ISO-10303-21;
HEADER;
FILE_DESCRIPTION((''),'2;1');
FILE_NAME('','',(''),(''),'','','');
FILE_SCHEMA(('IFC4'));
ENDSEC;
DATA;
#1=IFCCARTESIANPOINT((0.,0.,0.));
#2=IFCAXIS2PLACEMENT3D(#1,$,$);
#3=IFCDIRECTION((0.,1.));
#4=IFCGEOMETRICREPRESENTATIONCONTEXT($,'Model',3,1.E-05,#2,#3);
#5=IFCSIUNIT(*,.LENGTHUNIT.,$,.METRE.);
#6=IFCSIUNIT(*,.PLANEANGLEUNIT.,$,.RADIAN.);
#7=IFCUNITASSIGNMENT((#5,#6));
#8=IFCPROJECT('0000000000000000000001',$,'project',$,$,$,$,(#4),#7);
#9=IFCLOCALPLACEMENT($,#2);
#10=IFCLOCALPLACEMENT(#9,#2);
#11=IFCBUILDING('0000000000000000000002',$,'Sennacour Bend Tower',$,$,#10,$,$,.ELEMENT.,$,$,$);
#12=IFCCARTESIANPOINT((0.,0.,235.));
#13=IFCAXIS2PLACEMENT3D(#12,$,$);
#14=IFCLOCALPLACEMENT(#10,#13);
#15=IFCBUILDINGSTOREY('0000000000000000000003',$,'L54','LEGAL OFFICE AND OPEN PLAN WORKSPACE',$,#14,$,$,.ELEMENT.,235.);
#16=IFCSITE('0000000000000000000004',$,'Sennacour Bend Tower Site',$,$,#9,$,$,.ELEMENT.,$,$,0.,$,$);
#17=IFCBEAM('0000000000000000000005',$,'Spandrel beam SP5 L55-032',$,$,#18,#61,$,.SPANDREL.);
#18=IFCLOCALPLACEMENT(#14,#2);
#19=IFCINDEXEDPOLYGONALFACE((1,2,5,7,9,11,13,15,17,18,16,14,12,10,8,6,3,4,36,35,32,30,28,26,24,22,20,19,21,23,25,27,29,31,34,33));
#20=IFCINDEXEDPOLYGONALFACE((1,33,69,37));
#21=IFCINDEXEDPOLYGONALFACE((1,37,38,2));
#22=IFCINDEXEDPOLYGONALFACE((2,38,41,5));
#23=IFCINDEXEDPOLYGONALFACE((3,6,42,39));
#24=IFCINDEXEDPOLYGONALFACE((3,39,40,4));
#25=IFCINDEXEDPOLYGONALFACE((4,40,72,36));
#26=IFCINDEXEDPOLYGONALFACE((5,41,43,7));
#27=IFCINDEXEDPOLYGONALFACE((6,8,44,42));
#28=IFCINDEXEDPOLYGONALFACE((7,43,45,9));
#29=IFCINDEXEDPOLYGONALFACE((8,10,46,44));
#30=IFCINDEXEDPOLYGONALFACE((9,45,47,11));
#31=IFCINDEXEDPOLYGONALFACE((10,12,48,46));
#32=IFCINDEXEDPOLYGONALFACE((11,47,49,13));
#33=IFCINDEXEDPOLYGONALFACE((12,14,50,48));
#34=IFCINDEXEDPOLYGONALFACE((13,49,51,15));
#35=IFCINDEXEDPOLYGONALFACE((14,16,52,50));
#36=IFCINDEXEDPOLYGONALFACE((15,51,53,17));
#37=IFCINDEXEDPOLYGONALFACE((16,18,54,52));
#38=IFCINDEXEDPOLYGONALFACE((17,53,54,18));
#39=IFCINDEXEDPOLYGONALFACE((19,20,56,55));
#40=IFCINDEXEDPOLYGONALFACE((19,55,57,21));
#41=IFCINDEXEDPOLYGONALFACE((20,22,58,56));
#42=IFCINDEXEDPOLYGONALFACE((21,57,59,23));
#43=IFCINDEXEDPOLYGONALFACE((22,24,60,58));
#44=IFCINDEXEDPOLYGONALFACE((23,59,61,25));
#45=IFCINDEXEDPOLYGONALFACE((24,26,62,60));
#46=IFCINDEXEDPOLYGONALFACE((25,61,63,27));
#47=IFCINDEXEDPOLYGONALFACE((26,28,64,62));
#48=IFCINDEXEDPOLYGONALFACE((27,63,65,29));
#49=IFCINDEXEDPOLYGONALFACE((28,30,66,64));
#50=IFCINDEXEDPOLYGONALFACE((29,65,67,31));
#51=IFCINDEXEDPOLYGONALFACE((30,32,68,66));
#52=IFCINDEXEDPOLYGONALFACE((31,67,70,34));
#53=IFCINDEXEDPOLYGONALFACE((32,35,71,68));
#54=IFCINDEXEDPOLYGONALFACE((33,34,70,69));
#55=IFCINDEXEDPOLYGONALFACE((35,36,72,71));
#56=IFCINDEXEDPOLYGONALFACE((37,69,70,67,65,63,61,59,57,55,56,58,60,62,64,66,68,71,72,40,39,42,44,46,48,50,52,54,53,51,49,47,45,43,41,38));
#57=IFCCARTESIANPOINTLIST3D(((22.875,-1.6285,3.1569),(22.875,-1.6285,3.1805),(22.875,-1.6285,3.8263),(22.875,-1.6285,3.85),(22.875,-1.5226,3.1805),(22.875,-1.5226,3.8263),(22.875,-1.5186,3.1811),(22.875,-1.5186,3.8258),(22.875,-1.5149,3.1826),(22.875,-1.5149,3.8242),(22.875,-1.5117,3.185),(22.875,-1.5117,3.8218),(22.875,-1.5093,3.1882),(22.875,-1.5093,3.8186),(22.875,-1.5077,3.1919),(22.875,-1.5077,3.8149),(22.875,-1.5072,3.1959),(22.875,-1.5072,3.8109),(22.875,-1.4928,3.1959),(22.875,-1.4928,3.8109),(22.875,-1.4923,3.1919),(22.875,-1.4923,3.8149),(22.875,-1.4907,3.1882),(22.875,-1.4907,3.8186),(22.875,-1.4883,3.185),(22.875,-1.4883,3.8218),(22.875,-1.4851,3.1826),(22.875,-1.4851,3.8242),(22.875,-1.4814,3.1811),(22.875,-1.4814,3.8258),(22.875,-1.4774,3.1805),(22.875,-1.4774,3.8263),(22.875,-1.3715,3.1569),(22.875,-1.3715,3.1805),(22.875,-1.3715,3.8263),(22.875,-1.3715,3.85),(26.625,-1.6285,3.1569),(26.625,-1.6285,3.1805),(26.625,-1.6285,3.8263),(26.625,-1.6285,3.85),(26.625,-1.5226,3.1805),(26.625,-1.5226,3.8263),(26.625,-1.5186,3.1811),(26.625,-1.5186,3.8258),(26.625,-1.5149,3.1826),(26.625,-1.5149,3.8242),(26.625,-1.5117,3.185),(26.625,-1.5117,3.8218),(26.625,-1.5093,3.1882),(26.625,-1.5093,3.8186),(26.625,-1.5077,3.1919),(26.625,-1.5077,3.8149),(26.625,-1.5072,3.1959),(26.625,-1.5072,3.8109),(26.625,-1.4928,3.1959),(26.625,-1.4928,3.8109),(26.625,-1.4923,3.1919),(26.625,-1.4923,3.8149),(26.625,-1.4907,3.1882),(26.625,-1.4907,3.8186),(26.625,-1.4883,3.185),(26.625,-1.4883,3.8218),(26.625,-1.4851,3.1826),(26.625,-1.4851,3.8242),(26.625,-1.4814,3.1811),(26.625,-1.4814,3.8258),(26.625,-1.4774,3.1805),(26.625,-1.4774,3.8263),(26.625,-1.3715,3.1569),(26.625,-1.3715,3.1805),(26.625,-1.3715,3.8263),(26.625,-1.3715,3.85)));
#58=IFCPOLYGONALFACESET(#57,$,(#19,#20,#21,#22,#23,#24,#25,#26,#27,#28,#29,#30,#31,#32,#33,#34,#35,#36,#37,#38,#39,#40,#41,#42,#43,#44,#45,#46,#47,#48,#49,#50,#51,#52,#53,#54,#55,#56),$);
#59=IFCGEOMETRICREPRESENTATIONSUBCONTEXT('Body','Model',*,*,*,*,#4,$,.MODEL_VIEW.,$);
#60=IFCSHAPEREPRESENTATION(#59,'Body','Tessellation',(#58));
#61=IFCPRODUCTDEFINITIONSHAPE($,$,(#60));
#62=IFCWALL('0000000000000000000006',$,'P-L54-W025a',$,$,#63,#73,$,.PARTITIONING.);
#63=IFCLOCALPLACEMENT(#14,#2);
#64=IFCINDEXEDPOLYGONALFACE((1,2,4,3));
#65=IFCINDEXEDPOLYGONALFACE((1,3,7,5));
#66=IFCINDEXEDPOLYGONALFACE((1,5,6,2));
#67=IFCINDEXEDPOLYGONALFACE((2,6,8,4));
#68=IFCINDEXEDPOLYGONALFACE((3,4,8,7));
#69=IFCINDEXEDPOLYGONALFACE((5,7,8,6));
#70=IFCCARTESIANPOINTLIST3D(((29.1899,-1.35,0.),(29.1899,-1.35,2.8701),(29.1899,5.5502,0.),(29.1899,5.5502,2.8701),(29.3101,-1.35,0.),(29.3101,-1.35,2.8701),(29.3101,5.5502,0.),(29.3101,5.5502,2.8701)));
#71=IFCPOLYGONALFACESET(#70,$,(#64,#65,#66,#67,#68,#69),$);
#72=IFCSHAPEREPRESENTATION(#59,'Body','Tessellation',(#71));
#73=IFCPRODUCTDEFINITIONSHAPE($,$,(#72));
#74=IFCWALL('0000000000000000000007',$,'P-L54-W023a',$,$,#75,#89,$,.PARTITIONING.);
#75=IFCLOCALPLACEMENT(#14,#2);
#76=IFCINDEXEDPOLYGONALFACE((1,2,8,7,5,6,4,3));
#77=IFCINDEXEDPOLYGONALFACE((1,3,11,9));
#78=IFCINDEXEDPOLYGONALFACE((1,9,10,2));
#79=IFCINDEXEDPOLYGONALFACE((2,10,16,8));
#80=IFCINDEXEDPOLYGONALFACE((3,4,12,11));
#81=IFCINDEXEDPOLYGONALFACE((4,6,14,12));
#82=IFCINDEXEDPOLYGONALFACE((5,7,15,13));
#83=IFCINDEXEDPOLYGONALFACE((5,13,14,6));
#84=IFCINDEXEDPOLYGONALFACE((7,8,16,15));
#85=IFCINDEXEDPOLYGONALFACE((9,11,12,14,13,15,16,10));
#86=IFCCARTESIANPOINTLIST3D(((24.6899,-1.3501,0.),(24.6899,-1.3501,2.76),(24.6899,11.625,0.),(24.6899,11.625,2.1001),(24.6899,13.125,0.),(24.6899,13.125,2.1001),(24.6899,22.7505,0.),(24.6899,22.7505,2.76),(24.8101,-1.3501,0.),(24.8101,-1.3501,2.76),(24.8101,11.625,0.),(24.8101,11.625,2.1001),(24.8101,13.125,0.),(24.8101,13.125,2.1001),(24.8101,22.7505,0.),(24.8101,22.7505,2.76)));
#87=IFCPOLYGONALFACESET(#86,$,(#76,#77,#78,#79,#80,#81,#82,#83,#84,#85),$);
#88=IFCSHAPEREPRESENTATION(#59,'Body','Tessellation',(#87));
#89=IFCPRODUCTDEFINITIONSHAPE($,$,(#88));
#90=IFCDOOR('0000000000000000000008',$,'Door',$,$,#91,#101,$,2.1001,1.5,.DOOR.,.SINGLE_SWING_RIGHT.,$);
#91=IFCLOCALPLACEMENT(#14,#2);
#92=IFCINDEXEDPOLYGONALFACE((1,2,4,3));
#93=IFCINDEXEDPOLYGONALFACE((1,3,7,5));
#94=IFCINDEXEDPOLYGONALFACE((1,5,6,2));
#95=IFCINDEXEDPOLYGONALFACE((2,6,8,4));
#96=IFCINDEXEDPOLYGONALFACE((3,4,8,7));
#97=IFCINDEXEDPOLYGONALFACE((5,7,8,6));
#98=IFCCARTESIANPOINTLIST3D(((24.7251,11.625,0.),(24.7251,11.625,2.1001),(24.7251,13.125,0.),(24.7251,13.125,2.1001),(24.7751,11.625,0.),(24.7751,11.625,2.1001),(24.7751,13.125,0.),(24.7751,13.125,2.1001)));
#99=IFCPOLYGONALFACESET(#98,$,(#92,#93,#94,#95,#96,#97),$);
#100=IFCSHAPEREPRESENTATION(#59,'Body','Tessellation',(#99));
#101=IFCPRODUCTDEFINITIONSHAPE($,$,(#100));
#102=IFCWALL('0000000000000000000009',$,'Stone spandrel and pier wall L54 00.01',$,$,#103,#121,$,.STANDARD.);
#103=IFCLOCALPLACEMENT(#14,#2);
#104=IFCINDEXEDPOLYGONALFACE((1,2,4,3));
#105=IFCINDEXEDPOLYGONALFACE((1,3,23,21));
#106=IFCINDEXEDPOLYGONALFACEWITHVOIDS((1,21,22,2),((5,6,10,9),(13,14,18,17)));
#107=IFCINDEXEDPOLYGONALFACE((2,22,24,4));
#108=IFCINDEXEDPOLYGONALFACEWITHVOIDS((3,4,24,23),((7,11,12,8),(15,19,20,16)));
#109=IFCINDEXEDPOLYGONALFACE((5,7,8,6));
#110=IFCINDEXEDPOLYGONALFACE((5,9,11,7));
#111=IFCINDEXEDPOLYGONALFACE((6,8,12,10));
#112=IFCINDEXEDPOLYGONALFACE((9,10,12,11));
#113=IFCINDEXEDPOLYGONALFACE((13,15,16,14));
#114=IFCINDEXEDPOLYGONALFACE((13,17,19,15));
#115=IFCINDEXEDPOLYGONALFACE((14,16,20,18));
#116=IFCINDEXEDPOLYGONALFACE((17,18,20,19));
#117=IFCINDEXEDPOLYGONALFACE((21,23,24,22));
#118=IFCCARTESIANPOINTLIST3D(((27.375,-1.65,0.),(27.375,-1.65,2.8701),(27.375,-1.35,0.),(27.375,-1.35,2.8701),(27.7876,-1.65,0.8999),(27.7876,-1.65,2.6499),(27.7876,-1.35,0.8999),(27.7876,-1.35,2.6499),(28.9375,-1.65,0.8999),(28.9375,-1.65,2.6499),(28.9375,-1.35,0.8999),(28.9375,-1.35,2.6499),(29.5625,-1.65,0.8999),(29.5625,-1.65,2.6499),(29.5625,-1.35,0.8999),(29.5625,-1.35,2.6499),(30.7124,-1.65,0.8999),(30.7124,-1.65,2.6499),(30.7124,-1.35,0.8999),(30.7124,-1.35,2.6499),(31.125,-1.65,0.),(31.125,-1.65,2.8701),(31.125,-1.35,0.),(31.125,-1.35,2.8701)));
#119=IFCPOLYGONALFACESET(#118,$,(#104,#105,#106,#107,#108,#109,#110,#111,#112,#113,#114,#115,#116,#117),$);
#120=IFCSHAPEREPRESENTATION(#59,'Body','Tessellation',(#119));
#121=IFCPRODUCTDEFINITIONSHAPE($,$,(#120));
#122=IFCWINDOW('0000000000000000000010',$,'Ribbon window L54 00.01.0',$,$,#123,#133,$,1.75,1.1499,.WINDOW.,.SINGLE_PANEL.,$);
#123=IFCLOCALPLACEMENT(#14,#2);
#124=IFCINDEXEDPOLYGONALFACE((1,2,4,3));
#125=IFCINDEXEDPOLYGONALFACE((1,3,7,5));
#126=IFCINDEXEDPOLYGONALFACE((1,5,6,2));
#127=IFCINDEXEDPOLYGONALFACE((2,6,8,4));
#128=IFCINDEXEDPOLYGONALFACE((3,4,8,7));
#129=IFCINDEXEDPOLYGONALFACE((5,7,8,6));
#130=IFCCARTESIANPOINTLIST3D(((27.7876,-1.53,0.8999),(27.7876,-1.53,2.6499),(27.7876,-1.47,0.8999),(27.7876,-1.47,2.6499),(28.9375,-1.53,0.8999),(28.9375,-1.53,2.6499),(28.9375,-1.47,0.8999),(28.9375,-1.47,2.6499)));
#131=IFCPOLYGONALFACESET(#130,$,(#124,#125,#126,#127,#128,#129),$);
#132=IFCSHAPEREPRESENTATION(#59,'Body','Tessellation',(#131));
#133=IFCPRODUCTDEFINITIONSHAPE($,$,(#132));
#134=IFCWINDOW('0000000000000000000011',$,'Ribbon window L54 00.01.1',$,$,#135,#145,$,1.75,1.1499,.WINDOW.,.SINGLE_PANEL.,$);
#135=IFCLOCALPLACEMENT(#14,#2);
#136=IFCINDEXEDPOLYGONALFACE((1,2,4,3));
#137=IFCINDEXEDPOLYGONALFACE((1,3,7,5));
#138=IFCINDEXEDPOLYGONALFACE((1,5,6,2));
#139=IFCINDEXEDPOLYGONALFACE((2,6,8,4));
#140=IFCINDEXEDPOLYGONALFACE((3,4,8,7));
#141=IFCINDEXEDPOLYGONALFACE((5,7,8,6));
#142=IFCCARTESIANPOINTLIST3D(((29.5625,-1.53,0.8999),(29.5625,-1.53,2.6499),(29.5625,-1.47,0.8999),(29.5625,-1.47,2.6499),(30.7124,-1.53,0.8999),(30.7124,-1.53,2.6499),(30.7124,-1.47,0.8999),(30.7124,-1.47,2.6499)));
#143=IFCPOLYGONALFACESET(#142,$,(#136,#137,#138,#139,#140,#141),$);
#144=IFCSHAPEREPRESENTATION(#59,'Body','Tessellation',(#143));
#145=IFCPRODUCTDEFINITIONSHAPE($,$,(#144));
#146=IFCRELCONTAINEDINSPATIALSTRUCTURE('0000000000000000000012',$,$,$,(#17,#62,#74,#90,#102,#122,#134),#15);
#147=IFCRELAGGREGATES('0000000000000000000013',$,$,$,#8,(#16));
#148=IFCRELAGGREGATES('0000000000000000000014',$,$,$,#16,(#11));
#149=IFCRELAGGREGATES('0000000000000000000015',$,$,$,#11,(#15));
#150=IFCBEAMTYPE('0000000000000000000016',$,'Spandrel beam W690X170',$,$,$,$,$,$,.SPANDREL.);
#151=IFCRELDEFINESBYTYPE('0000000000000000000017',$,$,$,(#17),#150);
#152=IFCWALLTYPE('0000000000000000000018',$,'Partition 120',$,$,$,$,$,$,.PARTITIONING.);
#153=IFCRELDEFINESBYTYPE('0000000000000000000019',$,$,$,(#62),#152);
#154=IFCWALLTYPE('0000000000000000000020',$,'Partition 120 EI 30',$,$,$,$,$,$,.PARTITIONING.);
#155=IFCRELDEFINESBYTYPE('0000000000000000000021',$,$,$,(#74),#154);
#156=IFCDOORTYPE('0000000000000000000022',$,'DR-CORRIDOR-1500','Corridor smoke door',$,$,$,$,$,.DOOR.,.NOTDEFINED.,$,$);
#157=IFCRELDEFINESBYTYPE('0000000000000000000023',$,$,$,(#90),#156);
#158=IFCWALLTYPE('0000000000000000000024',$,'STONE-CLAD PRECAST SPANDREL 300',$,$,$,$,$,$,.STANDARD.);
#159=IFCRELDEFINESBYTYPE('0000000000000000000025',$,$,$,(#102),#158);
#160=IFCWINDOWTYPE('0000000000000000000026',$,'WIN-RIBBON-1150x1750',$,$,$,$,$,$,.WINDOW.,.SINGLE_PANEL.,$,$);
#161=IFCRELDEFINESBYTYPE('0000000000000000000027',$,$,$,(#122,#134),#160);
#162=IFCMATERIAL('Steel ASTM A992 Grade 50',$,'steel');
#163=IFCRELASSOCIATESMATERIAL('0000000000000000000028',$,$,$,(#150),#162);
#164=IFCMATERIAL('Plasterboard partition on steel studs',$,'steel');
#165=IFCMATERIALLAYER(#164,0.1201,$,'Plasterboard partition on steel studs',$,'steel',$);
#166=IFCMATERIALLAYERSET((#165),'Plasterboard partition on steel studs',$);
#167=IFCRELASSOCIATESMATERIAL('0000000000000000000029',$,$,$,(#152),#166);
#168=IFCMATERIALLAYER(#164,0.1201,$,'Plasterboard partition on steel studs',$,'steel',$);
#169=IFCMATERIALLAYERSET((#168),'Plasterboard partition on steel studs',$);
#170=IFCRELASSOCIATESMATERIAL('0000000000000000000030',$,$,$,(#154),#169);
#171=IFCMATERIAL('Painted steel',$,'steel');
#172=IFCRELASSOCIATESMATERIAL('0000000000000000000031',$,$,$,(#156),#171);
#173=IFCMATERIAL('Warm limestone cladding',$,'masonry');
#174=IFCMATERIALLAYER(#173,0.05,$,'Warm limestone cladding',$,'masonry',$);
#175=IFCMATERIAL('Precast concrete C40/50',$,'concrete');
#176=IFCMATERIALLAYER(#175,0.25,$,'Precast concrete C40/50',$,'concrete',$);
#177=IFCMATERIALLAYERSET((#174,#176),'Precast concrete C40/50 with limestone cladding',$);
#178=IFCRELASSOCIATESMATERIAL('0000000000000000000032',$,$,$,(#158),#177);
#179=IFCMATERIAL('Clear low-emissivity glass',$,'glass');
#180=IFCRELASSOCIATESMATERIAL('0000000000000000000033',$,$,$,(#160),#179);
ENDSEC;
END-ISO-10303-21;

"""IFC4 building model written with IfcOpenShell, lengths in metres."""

from ifc_helpers import new_model, si_unit, direction, frame, frame_2d, origin, origin_2d, place, context, subcontext, project, spatial, rectangle, i_section, extrude, material, layer, layer_set, material_profile, profile_set, type_object, element, fill, save


model = new_model("IFC4")

# Units and contexts
model_context = context("Model", 3, precision=1e-05, world=origin(), true_north=direction((0.0, 1.0)))
body_context = subcontext(model_context, "Body", "Model", "MODEL_VIEW")
ifc_project = project(units=[si_unit("LENGTHUNIT", "METRE"), si_unit("PLANEANGLEUNIT", "RADIAN")], contexts=[model_context])

# Site, building, storey
site_placement = place(None, origin())
site = spatial("IfcSite", under=ifc_project, at=site_placement, Name="Sennacour Bend Tower Site", CompositionType="ELEMENT", RefElevation=0.0)
building_placement = place(site_placement, origin())
building = spatial("IfcBuilding", under=site, at=building_placement, Name="Sennacour Bend Tower", CompositionType="ELEMENT")
storey_placement = place(building_placement, frame((0.0, 0.0, 235.0)))
storey = spatial("IfcBuildingStorey", under=building, at=storey_placement, Name="L54", Description="LEGAL OFFICE AND OPEN PLAN WORKSPACE", CompositionType="ELEMENT", Elevation=235.0)

# Beam
ifc_material_1 = material(Name="Steel ASTM A992 Grade 50", Category="steel")
ifc_material_profile_1 = material_profile(ifc_material_1, i_section(OverallWidth=0.2571, OverallDepth=0.6931, WebThickness=0.0144, FlangeThickness=0.0237, FilletRadius=0.0154, at=origin_2d()), Name="Steel ASTM A992 Grade 50", Category="steel")
ifc_profile_set_1 = profile_set([ifc_material_profile_1], Name="Steel ASTM A992 Grade 50")
beam_type_1 = type_object("IfcBeamType", Name="Spandrel beam W690X170", PredefinedType="SPANDREL", material=ifc_profile_set_1)
for number, where, z_axis, x_axis, name in (
    (1, (26.625, -1.5, 3.5034), (-1.0, 0.0, 0.0), (0.0, -1.0, 0.0), "Spandrel beam SP5 L55-032"),
):
    element("IfcBeam", number, at=place(storey_placement, frame(where, z_axis=z_axis, x_axis=x_axis)), inside=storey, type_object=beam_type_1, Name=name, PredefinedType="SPANDREL", context=body_context, shape_type="SweptSolid", body=[
        extrude(i_section(OverallWidth=0.2571, OverallDepth=0.6931, WebThickness=0.0144, FlangeThickness=0.0237, FilletRadius=0.0154, at=origin_2d()), origin(), (0.0, 0.0, 1.0), 3.75),
    ])

# Wall
ifc_material_2 = material(Name="Plasterboard partition on steel studs", Category="steel")
ifc_layer_1 = layer(ifc_material_2, 0.1201, Name="Plasterboard partition on steel studs", Category="steel")
ifc_layer_set_1 = layer_set([ifc_layer_1], Name="Plasterboard partition on steel studs")
wall_type_1 = type_object("IfcWallType", Name="Partition 120", PredefinedType="PARTITIONING", material=ifc_layer_set_1)
wall_1_placement = place(storey_placement, frame((29.25, -1.3501, 0.0), z_axis=(0.0, 0.0, 1.0), x_axis=(0.0, 1.0, 0.0)))
element("IfcWall", 2, at=wall_1_placement, inside=storey, type_object=wall_type_1, Name="P-L54-W025a", PredefinedType="PARTITIONING", context=body_context, shape_type="SweptSolid", body=[
    extrude(rectangle(XDim=6.9001, YDim=0.1201, at=frame_2d((3.4502, 0.0))), origin(), (0.0, 0.0, 1.0), 2.8701),
])

# Wall, opening, door
ifc_layer_2 = layer(ifc_material_2, 0.1201, Name="Plasterboard partition on steel studs", Category="steel")
ifc_layer_set_2 = layer_set([ifc_layer_2], Name="Plasterboard partition on steel studs")
wall_type_2 = type_object("IfcWallType", Name="Partition 120 EI 30", PredefinedType="PARTITIONING", material=ifc_layer_set_2)
wall_2_placement = place(storey_placement, frame((24.75, -1.3501, 0.0), z_axis=(0.0, 0.0, 1.0), x_axis=(0.0, 1.0, 0.0)))
wall_2 = element("IfcWall", 3, at=wall_2_placement, inside=storey, type_object=wall_type_2, Name="P-L54-W023a", PredefinedType="PARTITIONING", context=body_context, shape_type="SweptSolid", body=[
    extrude(rectangle(XDim=24.1006, YDim=0.1201, at=frame_2d((12.0503, 0.0))), origin(), (0.0, 0.0, 1.0), 2.76),
])
opening_1_placement = place(wall_2_placement, frame((12.9751, 0.0, 0.0)))
opening_1 = element("IfcOpeningElement", 4, at=opening_1_placement, cuts=wall_2, PredefinedType="OPENING", context=body_context, shape_type="SweptSolid", body=[
    extrude(rectangle(XDim=1.5, YDim=2.1001, at=frame_2d((0.75, 1.05))), frame((0.0, 0.0701, 0.0), z_axis=(0.0, -1.0, 0.0), x_axis=(1.0, 0.0, 0.0)), (0.0, 0.0, 1.0), 0.1401),
])
ifc_material_3 = material(Name="Painted steel", Category="steel")
door_type = type_object("IfcDoorType", Name="DR-CORRIDOR-1500", Description="Corridor smoke door", OperationType="NOTDEFINED", PredefinedType="DOOR", material=ifc_material_3)
door_placement = place(opening_1_placement, origin())
door = element("IfcDoor", 5, at=door_placement, inside=storey, type_object=door_type, Name="Door", OperationType="SINGLE_SWING_RIGHT", OverallHeight=2.1001, OverallWidth=1.5, PredefinedType="DOOR", context=body_context, shape_type="SweptSolid", body=[
    extrude(rectangle(XDim=1.5, YDim=2.1001, at=frame_2d((0.75, 1.05))), frame((0.0, 0.0249, 0.0), z_axis=(0.0, -1.0, 0.0), x_axis=(1.0, 0.0, 0.0)), (0.0, 0.0, 1.0), 0.05),
])
fill(opening_1, door)

# Wall, openings, windows
ifc_material_4 = material(Name="Warm limestone cladding", Category="masonry")
ifc_layer_3 = layer(ifc_material_4, 0.05, Name="Warm limestone cladding", Category="masonry")
ifc_material_5 = material(Name="Precast concrete C40/50", Category="concrete")
ifc_layer_4 = layer(ifc_material_5, 0.25, Name="Precast concrete C40/50", Category="concrete")
ifc_layer_set_3 = layer_set([ifc_layer_3, ifc_layer_4], Name="Precast concrete C40/50 with limestone cladding")
wall_type_3 = type_object("IfcWallType", Name="STONE-CLAD PRECAST SPANDREL 300", PredefinedType="STANDARD", material=ifc_layer_set_3)
wall_3_placement = place(storey_placement, frame((27.375, -1.5, 0.0), z_axis=(0.0, 0.0, 1.0), x_axis=(1.0, 0.0, 0.0)))
wall_3 = element("IfcWall", 6, at=wall_3_placement, inside=storey, type_object=wall_type_3, Name="Stone spandrel and pier wall L54 00.01", PredefinedType="STANDARD", context=body_context, shape_type="SweptSolid", body=[
    extrude(rectangle(XDim=3.75, YDim=0.3, at=frame_2d((1.875, 0.0))), origin(), (0.0, 0.0, 1.0), 2.8701),
])
opening_2_placement = place(wall_3_placement, frame((0.4126, 0.0, 0.8999)))
opening_2 = element("IfcOpeningElement", 7, at=opening_2_placement, cuts=wall_3, PredefinedType="OPENING", context=body_context, shape_type="SweptSolid", body=[
    extrude(rectangle(XDim=1.1499, YDim=1.75, at=frame_2d((0.575, 0.875))), frame((0.0, 0.1602, 0.0), z_axis=(0.0, -1.0, 0.0), x_axis=(1.0, 0.0, 0.0)), (0.0, 0.0, 1.0), 0.3201),
])
opening_3_placement = place(wall_3_placement, frame((2.1875, 0.0, 0.8999)))
opening_3 = element("IfcOpeningElement", 8, at=opening_3_placement, cuts=wall_3, PredefinedType="OPENING", context=body_context, shape_type="SweptSolid", body=[
    extrude(rectangle(XDim=1.1499, YDim=1.75, at=frame_2d((0.575, 0.875))), frame((0.0, 0.1602, 0.0), z_axis=(0.0, -1.0, 0.0), x_axis=(1.0, 0.0, 0.0)), (0.0, 0.0, 1.0), 0.3201),
])
ifc_material_6 = material(Name="Clear low-emissivity glass", Category="glass")
window_type = type_object("IfcWindowType", Name="WIN-RIBBON-1150x1750", PartitioningType="SINGLE_PANEL", PredefinedType="WINDOW", material=ifc_material_6)
window_1_placement = place(opening_2_placement, origin())
window_1 = element("IfcWindow", 9, at=window_1_placement, inside=storey, type_object=window_type, Name="Ribbon window L54 00.01.0", OverallHeight=1.75, OverallWidth=1.1499, PartitioningType="SINGLE_PANEL", PredefinedType="WINDOW", context=body_context, shape_type="SweptSolid", body=[
    extrude(rectangle(XDim=1.1499, YDim=1.75, at=frame_2d((0.575, 0.875))), frame((0.0, 0.03, 0.0), z_axis=(0.0, -1.0, 0.0), x_axis=(1.0, 0.0, 0.0)), (0.0, 0.0, 1.0), 0.0601),
])
fill(opening_2, window_1)
window_2_placement = place(opening_3_placement, origin())
window_2 = element("IfcWindow", 10, at=window_2_placement, inside=storey, type_object=window_type, Name="Ribbon window L54 00.01.1", OverallHeight=1.75, OverallWidth=1.1499, PartitioningType="SINGLE_PANEL", PredefinedType="WINDOW", context=body_context, shape_type="SweptSolid", body=[
    extrude(rectangle(XDim=1.1499, YDim=1.75, at=frame_2d((0.575, 0.875))), frame((0.0, 0.03, 0.0), z_axis=(0.0, -1.0, 0.0), x_axis=(1.0, 0.0, 0.0)), (0.0, 0.0, 1.0), 0.0601),
])
fill(opening_3, window_2)

save(model, "model.ifc")
